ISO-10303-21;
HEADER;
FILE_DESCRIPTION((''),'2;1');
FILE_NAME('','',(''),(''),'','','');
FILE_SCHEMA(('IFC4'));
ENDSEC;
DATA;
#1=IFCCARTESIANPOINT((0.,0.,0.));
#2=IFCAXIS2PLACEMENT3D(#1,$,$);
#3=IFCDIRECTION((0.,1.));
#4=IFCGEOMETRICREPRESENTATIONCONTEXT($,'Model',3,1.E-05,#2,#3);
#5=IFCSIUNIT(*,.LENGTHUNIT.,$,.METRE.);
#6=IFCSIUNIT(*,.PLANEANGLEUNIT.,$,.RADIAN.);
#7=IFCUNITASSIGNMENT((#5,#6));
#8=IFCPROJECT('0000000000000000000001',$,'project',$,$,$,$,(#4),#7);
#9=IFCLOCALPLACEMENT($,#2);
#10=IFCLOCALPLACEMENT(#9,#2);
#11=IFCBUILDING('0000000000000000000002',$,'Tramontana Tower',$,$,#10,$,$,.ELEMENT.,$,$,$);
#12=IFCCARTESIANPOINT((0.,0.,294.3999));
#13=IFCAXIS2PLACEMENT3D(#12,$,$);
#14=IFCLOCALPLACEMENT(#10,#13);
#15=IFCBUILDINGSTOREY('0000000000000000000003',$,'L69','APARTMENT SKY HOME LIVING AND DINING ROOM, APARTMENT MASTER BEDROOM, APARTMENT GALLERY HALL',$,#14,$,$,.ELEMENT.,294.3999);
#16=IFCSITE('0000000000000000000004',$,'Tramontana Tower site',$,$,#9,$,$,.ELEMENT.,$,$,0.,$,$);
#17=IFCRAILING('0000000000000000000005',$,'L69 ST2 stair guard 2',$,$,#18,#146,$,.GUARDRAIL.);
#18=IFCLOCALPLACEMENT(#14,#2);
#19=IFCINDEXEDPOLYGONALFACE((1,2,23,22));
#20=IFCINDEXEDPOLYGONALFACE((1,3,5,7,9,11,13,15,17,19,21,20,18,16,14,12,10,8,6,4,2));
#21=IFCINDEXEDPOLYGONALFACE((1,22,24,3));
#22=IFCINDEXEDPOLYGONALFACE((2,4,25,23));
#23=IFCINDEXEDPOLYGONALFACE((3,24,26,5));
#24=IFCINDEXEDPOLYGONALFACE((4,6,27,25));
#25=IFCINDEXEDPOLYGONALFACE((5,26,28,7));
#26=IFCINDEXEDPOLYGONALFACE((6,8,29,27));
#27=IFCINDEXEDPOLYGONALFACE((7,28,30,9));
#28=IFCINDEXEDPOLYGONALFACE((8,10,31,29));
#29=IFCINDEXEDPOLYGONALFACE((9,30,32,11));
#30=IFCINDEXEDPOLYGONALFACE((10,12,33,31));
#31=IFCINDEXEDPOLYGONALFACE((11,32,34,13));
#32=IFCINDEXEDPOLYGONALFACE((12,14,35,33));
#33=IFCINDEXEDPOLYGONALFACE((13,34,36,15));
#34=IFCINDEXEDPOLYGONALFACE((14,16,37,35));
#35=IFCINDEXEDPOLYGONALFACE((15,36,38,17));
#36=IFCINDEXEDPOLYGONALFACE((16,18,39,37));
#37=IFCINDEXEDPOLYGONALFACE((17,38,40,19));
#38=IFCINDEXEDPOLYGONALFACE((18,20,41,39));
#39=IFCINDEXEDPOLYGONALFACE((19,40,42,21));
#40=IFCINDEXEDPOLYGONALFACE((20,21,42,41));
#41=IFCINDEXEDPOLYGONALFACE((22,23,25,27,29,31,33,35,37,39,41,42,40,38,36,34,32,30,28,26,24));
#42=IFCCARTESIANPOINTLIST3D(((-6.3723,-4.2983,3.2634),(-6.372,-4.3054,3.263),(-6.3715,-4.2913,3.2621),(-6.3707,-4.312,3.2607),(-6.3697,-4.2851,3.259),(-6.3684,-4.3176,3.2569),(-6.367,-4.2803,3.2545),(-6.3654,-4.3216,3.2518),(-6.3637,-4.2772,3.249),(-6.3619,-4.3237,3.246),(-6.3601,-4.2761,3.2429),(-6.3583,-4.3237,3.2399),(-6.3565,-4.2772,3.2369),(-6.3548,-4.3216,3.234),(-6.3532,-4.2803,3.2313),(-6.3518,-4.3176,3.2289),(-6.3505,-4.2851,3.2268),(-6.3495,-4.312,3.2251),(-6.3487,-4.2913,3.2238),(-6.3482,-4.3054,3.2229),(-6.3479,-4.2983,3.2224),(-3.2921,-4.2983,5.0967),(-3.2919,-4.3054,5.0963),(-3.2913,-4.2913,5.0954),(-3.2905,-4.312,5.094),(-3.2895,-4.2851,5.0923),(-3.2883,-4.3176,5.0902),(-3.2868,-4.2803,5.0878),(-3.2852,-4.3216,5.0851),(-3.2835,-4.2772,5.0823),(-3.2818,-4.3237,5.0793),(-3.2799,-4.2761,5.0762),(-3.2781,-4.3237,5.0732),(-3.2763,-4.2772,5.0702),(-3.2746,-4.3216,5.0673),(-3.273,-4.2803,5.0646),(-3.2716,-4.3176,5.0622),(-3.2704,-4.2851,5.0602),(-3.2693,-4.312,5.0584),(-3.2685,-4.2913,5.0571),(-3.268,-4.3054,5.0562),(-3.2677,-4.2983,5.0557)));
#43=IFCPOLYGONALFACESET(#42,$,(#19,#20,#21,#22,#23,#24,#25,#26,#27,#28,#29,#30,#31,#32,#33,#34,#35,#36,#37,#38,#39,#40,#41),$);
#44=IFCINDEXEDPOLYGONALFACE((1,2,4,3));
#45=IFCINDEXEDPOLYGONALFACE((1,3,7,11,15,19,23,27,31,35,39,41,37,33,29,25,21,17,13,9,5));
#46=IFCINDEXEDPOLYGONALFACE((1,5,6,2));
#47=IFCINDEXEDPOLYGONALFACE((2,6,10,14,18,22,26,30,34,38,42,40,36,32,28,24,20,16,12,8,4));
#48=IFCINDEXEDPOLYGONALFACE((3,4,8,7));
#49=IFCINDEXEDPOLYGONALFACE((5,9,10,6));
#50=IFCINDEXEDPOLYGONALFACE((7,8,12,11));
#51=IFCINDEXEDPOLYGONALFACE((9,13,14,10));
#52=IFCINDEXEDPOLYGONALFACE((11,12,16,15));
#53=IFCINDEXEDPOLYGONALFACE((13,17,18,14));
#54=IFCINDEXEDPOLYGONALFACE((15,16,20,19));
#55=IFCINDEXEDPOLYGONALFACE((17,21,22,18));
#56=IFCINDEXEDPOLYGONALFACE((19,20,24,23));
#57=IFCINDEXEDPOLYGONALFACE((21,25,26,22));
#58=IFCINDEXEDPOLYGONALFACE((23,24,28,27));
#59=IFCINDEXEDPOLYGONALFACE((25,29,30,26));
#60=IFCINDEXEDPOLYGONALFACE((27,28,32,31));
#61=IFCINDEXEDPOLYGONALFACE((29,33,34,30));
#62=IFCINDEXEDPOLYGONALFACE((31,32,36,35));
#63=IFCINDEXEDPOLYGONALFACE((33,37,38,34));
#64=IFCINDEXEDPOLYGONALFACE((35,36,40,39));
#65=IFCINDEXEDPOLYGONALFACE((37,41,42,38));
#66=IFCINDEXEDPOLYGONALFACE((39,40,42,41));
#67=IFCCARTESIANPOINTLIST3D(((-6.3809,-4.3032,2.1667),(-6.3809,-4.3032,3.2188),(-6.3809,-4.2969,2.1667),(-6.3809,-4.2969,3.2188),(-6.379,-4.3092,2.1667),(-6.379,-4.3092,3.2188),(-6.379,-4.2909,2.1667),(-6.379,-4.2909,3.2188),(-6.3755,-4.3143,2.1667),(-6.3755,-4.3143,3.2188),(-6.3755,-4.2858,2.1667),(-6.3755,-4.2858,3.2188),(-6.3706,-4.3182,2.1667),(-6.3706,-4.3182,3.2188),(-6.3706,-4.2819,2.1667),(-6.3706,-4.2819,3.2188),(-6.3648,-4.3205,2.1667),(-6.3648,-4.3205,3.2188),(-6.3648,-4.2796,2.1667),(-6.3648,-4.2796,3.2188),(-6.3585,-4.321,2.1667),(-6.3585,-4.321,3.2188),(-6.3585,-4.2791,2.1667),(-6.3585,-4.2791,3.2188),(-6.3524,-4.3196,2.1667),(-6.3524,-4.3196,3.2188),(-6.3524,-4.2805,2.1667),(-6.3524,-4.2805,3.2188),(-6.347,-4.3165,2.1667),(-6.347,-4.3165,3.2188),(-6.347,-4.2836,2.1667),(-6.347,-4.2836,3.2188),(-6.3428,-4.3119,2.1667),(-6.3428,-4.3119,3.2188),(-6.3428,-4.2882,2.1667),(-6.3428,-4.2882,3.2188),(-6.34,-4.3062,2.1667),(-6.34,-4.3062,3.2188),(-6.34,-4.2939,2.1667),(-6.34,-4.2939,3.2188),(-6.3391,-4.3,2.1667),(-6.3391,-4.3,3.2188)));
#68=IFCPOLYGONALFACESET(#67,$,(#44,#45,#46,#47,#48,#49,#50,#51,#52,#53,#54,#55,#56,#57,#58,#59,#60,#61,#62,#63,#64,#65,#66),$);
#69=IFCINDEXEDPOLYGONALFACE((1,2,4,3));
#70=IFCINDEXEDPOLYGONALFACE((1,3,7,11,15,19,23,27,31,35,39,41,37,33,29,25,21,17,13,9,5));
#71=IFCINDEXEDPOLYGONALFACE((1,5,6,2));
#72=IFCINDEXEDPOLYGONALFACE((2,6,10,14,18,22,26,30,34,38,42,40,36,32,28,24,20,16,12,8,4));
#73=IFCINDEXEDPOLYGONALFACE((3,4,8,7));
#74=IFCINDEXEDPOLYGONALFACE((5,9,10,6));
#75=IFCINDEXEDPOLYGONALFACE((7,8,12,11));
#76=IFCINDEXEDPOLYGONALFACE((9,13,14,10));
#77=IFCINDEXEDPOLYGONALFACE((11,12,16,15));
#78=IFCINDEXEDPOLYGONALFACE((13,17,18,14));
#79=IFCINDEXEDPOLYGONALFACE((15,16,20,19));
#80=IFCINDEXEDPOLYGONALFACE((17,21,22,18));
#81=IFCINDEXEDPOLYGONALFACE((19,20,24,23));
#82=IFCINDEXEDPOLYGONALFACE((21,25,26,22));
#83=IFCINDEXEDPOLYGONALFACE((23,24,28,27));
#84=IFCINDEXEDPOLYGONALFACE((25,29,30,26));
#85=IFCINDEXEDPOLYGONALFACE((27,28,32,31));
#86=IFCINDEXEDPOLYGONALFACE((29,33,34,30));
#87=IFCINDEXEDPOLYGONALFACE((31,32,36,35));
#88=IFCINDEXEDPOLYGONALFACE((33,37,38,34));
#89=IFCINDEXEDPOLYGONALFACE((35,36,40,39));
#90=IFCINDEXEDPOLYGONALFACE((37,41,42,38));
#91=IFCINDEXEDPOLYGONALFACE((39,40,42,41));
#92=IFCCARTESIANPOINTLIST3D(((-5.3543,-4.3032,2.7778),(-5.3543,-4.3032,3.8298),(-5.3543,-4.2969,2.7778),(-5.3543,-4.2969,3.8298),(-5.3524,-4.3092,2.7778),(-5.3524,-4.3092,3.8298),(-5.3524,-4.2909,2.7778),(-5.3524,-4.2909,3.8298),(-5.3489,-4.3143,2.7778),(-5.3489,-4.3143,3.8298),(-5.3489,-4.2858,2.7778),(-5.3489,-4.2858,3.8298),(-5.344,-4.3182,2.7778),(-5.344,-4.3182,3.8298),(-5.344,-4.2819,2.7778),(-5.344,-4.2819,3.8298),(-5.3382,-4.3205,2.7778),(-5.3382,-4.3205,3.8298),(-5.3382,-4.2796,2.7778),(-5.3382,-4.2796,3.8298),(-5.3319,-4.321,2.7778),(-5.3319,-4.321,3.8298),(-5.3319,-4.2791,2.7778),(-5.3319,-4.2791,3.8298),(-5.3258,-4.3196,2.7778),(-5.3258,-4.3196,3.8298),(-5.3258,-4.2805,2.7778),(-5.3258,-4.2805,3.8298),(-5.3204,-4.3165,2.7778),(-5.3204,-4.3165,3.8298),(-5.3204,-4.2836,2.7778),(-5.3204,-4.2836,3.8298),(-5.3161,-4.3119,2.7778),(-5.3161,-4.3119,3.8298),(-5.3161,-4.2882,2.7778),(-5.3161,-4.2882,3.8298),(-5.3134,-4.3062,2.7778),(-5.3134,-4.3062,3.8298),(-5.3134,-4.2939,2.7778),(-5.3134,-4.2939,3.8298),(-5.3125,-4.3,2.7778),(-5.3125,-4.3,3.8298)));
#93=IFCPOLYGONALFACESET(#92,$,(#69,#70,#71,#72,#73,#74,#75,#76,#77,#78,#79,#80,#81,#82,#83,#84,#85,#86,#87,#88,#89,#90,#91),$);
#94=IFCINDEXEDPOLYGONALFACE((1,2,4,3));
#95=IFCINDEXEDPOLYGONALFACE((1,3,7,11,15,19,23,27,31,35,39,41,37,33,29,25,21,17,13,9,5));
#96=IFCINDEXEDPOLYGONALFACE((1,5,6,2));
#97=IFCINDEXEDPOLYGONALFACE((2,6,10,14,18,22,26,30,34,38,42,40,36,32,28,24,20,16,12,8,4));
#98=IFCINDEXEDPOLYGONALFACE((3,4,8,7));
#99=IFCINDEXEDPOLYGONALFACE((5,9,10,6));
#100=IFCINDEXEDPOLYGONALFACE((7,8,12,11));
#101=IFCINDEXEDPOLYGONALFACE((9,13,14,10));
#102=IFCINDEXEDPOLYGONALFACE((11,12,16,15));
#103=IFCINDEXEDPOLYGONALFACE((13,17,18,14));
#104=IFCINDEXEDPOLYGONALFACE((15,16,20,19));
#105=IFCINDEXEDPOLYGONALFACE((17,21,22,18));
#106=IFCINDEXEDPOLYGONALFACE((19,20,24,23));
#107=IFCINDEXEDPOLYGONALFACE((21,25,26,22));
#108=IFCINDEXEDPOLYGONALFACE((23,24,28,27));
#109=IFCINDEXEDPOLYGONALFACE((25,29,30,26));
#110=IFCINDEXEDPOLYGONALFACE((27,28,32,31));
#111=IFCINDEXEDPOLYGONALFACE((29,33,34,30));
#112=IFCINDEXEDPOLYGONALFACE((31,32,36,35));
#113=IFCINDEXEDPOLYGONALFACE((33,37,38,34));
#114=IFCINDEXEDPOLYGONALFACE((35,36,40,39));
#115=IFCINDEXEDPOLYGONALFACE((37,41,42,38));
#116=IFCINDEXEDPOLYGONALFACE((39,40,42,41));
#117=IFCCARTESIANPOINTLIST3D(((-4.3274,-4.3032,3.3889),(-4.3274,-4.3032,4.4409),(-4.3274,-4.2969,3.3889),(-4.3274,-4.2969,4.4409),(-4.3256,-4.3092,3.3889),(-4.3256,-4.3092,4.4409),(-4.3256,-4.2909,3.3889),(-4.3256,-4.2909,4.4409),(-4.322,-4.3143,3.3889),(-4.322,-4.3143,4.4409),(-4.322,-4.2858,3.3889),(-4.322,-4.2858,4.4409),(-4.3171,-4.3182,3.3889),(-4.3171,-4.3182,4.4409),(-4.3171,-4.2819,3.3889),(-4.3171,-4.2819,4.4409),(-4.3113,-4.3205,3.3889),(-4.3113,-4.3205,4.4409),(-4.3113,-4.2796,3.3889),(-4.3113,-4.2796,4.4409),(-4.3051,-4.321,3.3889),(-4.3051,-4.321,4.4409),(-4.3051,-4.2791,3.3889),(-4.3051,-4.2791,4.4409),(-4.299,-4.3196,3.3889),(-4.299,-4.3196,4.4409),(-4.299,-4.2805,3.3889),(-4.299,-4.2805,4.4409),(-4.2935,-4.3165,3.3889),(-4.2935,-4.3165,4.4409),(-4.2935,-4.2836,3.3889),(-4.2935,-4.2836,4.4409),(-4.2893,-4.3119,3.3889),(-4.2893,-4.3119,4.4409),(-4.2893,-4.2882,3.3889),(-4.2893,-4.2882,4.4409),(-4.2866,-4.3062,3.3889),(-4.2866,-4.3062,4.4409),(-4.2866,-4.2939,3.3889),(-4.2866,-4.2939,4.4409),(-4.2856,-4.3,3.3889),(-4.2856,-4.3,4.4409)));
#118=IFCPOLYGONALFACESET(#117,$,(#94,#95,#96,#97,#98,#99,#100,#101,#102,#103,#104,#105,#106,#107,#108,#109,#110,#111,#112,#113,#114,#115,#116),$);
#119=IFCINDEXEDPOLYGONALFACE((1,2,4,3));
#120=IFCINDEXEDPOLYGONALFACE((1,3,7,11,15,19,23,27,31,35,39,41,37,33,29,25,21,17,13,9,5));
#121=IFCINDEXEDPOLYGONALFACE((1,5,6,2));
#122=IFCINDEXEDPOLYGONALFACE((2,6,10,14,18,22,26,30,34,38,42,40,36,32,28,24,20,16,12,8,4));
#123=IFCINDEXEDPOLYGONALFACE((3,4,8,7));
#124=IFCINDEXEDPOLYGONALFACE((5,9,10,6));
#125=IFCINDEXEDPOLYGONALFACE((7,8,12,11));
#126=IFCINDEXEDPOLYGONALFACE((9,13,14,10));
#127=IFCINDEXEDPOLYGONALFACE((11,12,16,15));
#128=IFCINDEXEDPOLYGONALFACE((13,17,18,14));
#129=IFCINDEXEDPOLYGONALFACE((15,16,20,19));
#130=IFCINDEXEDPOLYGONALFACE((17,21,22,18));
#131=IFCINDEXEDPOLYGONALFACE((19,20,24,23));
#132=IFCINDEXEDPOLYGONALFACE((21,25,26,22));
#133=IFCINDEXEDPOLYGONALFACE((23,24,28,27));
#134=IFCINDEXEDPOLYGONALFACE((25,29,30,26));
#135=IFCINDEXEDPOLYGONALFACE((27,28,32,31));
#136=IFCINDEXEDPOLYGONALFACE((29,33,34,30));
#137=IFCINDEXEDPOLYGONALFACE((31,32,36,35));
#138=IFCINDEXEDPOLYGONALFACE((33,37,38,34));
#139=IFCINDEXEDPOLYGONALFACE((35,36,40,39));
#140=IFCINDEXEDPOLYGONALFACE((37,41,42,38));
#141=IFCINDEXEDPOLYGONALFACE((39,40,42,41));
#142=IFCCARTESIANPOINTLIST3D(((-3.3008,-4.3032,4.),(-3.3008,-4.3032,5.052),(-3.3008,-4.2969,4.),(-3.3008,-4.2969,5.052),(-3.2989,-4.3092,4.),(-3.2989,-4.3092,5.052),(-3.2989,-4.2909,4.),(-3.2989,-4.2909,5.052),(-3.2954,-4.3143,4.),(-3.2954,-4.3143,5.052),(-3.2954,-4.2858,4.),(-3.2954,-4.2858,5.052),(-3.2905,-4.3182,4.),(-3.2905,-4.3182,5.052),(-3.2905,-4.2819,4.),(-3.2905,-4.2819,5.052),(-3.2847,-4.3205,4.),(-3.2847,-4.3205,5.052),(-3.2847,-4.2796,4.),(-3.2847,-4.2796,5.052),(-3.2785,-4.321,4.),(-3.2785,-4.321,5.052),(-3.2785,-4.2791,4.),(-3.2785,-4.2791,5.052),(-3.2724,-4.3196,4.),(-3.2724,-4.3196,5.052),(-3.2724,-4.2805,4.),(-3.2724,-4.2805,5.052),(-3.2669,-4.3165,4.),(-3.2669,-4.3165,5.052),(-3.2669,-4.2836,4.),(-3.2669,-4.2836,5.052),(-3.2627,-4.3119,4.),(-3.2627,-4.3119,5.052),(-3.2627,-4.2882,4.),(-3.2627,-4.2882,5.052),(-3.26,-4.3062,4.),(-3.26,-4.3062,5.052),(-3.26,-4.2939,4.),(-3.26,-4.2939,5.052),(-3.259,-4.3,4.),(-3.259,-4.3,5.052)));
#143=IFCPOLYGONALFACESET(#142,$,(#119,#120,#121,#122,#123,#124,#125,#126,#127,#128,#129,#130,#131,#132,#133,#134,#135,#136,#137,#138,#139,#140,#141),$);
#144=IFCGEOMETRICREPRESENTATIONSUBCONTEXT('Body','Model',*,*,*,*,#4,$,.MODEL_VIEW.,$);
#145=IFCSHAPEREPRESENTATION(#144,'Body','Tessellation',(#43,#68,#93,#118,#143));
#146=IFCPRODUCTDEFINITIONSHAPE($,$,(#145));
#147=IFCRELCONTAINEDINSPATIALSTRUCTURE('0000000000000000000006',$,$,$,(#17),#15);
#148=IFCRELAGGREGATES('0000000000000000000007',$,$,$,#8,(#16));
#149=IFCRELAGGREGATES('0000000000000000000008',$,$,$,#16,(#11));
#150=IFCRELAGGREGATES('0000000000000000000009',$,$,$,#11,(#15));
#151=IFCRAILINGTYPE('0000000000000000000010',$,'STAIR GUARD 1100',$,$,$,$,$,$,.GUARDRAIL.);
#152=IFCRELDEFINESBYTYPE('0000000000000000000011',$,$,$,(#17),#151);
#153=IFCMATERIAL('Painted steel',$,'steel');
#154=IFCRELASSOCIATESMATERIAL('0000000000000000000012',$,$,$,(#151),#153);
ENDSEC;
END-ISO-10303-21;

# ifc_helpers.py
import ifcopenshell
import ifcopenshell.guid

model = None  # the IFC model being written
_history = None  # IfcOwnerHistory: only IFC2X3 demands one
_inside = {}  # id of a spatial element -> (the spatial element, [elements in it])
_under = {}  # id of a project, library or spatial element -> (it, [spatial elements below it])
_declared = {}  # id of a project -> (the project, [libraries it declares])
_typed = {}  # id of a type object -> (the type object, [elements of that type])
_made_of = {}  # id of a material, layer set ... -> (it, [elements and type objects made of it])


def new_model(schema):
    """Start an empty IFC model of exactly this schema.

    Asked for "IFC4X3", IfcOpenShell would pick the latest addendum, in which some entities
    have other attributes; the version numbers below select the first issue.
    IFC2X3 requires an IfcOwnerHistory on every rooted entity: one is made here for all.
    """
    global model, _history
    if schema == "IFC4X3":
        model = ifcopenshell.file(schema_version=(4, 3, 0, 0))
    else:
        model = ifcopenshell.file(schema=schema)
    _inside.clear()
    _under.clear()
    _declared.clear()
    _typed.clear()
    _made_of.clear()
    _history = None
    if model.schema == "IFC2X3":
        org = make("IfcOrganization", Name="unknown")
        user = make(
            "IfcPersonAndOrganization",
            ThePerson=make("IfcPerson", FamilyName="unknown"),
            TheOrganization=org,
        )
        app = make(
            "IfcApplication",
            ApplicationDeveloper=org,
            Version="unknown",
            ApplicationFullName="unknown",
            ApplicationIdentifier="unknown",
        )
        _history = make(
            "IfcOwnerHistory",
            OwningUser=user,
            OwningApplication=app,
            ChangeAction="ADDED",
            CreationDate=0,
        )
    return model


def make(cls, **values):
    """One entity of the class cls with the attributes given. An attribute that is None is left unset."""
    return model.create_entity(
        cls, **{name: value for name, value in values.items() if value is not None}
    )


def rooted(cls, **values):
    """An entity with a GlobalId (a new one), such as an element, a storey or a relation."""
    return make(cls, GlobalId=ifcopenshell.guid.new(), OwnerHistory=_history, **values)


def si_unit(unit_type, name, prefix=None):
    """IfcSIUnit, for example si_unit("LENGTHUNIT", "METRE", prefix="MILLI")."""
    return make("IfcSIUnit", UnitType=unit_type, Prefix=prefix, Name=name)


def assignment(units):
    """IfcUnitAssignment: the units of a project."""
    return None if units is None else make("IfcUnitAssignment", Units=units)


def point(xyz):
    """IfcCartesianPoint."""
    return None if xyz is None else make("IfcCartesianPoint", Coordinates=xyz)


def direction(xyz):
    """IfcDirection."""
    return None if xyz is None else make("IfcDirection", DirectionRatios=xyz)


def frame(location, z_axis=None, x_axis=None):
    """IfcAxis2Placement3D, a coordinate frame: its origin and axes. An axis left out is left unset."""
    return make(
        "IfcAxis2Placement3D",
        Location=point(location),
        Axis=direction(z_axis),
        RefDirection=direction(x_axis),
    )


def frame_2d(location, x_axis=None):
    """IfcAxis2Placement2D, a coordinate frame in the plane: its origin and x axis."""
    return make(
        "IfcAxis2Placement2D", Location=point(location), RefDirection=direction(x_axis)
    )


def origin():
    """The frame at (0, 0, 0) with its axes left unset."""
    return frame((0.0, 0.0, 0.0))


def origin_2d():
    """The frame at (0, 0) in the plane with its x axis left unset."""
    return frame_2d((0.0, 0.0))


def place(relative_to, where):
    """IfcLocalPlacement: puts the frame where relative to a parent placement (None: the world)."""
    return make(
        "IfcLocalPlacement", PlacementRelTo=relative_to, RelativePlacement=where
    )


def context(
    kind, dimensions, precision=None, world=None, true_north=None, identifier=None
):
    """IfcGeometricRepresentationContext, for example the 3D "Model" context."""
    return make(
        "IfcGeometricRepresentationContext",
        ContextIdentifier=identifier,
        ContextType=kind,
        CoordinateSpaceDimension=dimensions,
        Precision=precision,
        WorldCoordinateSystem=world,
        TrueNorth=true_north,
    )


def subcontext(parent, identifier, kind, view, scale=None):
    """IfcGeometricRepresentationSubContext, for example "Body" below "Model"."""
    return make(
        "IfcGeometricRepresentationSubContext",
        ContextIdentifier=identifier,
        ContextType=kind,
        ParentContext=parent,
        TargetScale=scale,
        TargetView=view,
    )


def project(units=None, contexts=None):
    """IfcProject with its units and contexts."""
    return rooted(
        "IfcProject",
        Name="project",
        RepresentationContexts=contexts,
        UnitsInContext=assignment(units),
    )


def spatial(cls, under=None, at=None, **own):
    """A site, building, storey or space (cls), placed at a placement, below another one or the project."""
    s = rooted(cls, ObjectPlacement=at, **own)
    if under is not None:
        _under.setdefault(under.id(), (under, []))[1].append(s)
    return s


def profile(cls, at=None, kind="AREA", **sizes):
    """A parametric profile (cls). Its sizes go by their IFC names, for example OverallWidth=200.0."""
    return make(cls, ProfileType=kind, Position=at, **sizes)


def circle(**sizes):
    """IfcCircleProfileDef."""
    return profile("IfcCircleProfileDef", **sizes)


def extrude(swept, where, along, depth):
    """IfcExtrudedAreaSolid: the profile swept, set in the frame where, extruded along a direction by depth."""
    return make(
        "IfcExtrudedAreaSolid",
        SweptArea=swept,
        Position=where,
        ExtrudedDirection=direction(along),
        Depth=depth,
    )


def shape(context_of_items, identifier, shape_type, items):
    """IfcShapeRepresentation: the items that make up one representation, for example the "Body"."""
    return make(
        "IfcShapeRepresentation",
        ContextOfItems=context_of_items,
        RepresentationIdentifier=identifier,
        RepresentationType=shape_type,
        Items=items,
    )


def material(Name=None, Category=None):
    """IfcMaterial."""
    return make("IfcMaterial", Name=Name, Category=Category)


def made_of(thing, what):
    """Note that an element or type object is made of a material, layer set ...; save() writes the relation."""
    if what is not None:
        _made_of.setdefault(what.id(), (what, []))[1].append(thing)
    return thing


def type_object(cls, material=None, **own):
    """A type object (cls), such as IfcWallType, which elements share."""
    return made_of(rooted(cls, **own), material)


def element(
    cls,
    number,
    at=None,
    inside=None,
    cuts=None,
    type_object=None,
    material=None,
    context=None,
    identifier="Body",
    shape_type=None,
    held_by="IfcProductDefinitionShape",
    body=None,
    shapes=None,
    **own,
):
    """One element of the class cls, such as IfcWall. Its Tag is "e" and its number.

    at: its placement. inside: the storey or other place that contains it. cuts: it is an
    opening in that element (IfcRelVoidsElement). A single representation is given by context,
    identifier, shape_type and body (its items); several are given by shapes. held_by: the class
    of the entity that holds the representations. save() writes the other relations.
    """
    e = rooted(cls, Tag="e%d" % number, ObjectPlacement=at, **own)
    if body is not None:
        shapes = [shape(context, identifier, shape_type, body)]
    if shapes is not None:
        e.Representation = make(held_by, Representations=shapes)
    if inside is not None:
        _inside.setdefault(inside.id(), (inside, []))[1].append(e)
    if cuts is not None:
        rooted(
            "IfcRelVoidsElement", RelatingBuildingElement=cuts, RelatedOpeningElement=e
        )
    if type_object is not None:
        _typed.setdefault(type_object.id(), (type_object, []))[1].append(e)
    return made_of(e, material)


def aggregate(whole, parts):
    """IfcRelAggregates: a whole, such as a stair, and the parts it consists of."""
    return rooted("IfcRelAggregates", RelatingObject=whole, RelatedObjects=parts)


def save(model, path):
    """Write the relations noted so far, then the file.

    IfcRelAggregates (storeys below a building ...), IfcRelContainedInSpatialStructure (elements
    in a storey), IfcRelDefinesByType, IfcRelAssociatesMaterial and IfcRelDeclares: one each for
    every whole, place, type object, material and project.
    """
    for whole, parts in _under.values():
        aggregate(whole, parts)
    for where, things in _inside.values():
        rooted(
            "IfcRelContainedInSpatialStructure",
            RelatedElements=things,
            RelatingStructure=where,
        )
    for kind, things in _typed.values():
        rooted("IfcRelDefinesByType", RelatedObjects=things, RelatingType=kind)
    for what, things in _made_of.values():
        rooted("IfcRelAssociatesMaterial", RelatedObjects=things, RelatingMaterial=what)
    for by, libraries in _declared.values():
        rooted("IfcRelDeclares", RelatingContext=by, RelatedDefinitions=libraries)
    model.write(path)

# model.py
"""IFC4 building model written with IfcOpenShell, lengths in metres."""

from ifc_helpers import new_model, si_unit, direction, frame, origin, origin_2d, place, context, subcontext, project, spatial, circle, extrude, material, type_object, element, save


model = new_model("IFC4")

# Units and contexts
model_context = context("Model", 3, precision=1e-05, world=origin(), true_north=direction((0.0, 1.0)))
body_context = subcontext(model_context, "Body", "Model", "MODEL_VIEW")
ifc_project = project(units=[si_unit("LENGTHUNIT", "METRE"), si_unit("PLANEANGLEUNIT", "RADIAN")], contexts=[model_context])

# Site, building, storey
site_placement = place(None, origin())
site = spatial("IfcSite", under=ifc_project, at=site_placement, Name="Tramontana Tower site", CompositionType="ELEMENT", RefElevation=0.0)
building_placement = place(site_placement, origin())
building = spatial("IfcBuilding", under=site, at=building_placement, Name="Tramontana Tower", CompositionType="ELEMENT")
storey_placement = place(building_placement, frame((0.0, 0.0, 294.3999)))
storey = spatial("IfcBuildingStorey", under=building, at=storey_placement, Name="L69", Description="APARTMENT SKY HOME LIVING AND DINING ROOM, APARTMENT MASTER BEDROOM, APARTMENT GALLERY HALL", CompositionType="ELEMENT", Elevation=294.3999)

# Railing
ifc_material_1 = material(Name="Painted steel", Category="steel")
railing_type_1 = type_object("IfcRailingType", Name="STAIR GUARD 1100", PredefinedType="GUARDRAIL", material=ifc_material_1)
railing_1_placement = place(storey_placement, frame((-6.3601, -4.3, 2.1667)))
element("IfcRailing", 1, at=railing_1_placement, inside=storey, type_object=railing_type_1, Name="L69 ST2 stair guard 2", PredefinedType="GUARDRAIL", context=body_context, shape_type="SweptSolid", body=[
    extrude(circle(Radius=0.0239, at=origin_2d()), frame((0.0, 0.0, 1.0762), z_axis=(0.859309, 0.0, 0.511458), x_axis=(0.0, 1.0, 0.0)), (0.0, 0.0, 1.0), 3.5845),
    extrude(circle(Radius=0.021, at=origin_2d()), origin(), (0.0, 0.0, 1.0), 1.052),
    extrude(circle(Radius=0.021, at=origin_2d()), frame((1.0266, 0.0, 0.6111)), (0.0, 0.0, 1.0), 1.052),
    extrude(circle(Radius=0.021, at=origin_2d()), frame((2.0535, 0.0, 1.2222)), (0.0, 0.0, 1.0), 1.052),
    extrude(circle(Radius=0.021, at=origin_2d()), frame((3.0801, 0.0, 1.8333)), (0.0, 0.0, 1.0), 1.052),
])

save(model, "model.ifc")
